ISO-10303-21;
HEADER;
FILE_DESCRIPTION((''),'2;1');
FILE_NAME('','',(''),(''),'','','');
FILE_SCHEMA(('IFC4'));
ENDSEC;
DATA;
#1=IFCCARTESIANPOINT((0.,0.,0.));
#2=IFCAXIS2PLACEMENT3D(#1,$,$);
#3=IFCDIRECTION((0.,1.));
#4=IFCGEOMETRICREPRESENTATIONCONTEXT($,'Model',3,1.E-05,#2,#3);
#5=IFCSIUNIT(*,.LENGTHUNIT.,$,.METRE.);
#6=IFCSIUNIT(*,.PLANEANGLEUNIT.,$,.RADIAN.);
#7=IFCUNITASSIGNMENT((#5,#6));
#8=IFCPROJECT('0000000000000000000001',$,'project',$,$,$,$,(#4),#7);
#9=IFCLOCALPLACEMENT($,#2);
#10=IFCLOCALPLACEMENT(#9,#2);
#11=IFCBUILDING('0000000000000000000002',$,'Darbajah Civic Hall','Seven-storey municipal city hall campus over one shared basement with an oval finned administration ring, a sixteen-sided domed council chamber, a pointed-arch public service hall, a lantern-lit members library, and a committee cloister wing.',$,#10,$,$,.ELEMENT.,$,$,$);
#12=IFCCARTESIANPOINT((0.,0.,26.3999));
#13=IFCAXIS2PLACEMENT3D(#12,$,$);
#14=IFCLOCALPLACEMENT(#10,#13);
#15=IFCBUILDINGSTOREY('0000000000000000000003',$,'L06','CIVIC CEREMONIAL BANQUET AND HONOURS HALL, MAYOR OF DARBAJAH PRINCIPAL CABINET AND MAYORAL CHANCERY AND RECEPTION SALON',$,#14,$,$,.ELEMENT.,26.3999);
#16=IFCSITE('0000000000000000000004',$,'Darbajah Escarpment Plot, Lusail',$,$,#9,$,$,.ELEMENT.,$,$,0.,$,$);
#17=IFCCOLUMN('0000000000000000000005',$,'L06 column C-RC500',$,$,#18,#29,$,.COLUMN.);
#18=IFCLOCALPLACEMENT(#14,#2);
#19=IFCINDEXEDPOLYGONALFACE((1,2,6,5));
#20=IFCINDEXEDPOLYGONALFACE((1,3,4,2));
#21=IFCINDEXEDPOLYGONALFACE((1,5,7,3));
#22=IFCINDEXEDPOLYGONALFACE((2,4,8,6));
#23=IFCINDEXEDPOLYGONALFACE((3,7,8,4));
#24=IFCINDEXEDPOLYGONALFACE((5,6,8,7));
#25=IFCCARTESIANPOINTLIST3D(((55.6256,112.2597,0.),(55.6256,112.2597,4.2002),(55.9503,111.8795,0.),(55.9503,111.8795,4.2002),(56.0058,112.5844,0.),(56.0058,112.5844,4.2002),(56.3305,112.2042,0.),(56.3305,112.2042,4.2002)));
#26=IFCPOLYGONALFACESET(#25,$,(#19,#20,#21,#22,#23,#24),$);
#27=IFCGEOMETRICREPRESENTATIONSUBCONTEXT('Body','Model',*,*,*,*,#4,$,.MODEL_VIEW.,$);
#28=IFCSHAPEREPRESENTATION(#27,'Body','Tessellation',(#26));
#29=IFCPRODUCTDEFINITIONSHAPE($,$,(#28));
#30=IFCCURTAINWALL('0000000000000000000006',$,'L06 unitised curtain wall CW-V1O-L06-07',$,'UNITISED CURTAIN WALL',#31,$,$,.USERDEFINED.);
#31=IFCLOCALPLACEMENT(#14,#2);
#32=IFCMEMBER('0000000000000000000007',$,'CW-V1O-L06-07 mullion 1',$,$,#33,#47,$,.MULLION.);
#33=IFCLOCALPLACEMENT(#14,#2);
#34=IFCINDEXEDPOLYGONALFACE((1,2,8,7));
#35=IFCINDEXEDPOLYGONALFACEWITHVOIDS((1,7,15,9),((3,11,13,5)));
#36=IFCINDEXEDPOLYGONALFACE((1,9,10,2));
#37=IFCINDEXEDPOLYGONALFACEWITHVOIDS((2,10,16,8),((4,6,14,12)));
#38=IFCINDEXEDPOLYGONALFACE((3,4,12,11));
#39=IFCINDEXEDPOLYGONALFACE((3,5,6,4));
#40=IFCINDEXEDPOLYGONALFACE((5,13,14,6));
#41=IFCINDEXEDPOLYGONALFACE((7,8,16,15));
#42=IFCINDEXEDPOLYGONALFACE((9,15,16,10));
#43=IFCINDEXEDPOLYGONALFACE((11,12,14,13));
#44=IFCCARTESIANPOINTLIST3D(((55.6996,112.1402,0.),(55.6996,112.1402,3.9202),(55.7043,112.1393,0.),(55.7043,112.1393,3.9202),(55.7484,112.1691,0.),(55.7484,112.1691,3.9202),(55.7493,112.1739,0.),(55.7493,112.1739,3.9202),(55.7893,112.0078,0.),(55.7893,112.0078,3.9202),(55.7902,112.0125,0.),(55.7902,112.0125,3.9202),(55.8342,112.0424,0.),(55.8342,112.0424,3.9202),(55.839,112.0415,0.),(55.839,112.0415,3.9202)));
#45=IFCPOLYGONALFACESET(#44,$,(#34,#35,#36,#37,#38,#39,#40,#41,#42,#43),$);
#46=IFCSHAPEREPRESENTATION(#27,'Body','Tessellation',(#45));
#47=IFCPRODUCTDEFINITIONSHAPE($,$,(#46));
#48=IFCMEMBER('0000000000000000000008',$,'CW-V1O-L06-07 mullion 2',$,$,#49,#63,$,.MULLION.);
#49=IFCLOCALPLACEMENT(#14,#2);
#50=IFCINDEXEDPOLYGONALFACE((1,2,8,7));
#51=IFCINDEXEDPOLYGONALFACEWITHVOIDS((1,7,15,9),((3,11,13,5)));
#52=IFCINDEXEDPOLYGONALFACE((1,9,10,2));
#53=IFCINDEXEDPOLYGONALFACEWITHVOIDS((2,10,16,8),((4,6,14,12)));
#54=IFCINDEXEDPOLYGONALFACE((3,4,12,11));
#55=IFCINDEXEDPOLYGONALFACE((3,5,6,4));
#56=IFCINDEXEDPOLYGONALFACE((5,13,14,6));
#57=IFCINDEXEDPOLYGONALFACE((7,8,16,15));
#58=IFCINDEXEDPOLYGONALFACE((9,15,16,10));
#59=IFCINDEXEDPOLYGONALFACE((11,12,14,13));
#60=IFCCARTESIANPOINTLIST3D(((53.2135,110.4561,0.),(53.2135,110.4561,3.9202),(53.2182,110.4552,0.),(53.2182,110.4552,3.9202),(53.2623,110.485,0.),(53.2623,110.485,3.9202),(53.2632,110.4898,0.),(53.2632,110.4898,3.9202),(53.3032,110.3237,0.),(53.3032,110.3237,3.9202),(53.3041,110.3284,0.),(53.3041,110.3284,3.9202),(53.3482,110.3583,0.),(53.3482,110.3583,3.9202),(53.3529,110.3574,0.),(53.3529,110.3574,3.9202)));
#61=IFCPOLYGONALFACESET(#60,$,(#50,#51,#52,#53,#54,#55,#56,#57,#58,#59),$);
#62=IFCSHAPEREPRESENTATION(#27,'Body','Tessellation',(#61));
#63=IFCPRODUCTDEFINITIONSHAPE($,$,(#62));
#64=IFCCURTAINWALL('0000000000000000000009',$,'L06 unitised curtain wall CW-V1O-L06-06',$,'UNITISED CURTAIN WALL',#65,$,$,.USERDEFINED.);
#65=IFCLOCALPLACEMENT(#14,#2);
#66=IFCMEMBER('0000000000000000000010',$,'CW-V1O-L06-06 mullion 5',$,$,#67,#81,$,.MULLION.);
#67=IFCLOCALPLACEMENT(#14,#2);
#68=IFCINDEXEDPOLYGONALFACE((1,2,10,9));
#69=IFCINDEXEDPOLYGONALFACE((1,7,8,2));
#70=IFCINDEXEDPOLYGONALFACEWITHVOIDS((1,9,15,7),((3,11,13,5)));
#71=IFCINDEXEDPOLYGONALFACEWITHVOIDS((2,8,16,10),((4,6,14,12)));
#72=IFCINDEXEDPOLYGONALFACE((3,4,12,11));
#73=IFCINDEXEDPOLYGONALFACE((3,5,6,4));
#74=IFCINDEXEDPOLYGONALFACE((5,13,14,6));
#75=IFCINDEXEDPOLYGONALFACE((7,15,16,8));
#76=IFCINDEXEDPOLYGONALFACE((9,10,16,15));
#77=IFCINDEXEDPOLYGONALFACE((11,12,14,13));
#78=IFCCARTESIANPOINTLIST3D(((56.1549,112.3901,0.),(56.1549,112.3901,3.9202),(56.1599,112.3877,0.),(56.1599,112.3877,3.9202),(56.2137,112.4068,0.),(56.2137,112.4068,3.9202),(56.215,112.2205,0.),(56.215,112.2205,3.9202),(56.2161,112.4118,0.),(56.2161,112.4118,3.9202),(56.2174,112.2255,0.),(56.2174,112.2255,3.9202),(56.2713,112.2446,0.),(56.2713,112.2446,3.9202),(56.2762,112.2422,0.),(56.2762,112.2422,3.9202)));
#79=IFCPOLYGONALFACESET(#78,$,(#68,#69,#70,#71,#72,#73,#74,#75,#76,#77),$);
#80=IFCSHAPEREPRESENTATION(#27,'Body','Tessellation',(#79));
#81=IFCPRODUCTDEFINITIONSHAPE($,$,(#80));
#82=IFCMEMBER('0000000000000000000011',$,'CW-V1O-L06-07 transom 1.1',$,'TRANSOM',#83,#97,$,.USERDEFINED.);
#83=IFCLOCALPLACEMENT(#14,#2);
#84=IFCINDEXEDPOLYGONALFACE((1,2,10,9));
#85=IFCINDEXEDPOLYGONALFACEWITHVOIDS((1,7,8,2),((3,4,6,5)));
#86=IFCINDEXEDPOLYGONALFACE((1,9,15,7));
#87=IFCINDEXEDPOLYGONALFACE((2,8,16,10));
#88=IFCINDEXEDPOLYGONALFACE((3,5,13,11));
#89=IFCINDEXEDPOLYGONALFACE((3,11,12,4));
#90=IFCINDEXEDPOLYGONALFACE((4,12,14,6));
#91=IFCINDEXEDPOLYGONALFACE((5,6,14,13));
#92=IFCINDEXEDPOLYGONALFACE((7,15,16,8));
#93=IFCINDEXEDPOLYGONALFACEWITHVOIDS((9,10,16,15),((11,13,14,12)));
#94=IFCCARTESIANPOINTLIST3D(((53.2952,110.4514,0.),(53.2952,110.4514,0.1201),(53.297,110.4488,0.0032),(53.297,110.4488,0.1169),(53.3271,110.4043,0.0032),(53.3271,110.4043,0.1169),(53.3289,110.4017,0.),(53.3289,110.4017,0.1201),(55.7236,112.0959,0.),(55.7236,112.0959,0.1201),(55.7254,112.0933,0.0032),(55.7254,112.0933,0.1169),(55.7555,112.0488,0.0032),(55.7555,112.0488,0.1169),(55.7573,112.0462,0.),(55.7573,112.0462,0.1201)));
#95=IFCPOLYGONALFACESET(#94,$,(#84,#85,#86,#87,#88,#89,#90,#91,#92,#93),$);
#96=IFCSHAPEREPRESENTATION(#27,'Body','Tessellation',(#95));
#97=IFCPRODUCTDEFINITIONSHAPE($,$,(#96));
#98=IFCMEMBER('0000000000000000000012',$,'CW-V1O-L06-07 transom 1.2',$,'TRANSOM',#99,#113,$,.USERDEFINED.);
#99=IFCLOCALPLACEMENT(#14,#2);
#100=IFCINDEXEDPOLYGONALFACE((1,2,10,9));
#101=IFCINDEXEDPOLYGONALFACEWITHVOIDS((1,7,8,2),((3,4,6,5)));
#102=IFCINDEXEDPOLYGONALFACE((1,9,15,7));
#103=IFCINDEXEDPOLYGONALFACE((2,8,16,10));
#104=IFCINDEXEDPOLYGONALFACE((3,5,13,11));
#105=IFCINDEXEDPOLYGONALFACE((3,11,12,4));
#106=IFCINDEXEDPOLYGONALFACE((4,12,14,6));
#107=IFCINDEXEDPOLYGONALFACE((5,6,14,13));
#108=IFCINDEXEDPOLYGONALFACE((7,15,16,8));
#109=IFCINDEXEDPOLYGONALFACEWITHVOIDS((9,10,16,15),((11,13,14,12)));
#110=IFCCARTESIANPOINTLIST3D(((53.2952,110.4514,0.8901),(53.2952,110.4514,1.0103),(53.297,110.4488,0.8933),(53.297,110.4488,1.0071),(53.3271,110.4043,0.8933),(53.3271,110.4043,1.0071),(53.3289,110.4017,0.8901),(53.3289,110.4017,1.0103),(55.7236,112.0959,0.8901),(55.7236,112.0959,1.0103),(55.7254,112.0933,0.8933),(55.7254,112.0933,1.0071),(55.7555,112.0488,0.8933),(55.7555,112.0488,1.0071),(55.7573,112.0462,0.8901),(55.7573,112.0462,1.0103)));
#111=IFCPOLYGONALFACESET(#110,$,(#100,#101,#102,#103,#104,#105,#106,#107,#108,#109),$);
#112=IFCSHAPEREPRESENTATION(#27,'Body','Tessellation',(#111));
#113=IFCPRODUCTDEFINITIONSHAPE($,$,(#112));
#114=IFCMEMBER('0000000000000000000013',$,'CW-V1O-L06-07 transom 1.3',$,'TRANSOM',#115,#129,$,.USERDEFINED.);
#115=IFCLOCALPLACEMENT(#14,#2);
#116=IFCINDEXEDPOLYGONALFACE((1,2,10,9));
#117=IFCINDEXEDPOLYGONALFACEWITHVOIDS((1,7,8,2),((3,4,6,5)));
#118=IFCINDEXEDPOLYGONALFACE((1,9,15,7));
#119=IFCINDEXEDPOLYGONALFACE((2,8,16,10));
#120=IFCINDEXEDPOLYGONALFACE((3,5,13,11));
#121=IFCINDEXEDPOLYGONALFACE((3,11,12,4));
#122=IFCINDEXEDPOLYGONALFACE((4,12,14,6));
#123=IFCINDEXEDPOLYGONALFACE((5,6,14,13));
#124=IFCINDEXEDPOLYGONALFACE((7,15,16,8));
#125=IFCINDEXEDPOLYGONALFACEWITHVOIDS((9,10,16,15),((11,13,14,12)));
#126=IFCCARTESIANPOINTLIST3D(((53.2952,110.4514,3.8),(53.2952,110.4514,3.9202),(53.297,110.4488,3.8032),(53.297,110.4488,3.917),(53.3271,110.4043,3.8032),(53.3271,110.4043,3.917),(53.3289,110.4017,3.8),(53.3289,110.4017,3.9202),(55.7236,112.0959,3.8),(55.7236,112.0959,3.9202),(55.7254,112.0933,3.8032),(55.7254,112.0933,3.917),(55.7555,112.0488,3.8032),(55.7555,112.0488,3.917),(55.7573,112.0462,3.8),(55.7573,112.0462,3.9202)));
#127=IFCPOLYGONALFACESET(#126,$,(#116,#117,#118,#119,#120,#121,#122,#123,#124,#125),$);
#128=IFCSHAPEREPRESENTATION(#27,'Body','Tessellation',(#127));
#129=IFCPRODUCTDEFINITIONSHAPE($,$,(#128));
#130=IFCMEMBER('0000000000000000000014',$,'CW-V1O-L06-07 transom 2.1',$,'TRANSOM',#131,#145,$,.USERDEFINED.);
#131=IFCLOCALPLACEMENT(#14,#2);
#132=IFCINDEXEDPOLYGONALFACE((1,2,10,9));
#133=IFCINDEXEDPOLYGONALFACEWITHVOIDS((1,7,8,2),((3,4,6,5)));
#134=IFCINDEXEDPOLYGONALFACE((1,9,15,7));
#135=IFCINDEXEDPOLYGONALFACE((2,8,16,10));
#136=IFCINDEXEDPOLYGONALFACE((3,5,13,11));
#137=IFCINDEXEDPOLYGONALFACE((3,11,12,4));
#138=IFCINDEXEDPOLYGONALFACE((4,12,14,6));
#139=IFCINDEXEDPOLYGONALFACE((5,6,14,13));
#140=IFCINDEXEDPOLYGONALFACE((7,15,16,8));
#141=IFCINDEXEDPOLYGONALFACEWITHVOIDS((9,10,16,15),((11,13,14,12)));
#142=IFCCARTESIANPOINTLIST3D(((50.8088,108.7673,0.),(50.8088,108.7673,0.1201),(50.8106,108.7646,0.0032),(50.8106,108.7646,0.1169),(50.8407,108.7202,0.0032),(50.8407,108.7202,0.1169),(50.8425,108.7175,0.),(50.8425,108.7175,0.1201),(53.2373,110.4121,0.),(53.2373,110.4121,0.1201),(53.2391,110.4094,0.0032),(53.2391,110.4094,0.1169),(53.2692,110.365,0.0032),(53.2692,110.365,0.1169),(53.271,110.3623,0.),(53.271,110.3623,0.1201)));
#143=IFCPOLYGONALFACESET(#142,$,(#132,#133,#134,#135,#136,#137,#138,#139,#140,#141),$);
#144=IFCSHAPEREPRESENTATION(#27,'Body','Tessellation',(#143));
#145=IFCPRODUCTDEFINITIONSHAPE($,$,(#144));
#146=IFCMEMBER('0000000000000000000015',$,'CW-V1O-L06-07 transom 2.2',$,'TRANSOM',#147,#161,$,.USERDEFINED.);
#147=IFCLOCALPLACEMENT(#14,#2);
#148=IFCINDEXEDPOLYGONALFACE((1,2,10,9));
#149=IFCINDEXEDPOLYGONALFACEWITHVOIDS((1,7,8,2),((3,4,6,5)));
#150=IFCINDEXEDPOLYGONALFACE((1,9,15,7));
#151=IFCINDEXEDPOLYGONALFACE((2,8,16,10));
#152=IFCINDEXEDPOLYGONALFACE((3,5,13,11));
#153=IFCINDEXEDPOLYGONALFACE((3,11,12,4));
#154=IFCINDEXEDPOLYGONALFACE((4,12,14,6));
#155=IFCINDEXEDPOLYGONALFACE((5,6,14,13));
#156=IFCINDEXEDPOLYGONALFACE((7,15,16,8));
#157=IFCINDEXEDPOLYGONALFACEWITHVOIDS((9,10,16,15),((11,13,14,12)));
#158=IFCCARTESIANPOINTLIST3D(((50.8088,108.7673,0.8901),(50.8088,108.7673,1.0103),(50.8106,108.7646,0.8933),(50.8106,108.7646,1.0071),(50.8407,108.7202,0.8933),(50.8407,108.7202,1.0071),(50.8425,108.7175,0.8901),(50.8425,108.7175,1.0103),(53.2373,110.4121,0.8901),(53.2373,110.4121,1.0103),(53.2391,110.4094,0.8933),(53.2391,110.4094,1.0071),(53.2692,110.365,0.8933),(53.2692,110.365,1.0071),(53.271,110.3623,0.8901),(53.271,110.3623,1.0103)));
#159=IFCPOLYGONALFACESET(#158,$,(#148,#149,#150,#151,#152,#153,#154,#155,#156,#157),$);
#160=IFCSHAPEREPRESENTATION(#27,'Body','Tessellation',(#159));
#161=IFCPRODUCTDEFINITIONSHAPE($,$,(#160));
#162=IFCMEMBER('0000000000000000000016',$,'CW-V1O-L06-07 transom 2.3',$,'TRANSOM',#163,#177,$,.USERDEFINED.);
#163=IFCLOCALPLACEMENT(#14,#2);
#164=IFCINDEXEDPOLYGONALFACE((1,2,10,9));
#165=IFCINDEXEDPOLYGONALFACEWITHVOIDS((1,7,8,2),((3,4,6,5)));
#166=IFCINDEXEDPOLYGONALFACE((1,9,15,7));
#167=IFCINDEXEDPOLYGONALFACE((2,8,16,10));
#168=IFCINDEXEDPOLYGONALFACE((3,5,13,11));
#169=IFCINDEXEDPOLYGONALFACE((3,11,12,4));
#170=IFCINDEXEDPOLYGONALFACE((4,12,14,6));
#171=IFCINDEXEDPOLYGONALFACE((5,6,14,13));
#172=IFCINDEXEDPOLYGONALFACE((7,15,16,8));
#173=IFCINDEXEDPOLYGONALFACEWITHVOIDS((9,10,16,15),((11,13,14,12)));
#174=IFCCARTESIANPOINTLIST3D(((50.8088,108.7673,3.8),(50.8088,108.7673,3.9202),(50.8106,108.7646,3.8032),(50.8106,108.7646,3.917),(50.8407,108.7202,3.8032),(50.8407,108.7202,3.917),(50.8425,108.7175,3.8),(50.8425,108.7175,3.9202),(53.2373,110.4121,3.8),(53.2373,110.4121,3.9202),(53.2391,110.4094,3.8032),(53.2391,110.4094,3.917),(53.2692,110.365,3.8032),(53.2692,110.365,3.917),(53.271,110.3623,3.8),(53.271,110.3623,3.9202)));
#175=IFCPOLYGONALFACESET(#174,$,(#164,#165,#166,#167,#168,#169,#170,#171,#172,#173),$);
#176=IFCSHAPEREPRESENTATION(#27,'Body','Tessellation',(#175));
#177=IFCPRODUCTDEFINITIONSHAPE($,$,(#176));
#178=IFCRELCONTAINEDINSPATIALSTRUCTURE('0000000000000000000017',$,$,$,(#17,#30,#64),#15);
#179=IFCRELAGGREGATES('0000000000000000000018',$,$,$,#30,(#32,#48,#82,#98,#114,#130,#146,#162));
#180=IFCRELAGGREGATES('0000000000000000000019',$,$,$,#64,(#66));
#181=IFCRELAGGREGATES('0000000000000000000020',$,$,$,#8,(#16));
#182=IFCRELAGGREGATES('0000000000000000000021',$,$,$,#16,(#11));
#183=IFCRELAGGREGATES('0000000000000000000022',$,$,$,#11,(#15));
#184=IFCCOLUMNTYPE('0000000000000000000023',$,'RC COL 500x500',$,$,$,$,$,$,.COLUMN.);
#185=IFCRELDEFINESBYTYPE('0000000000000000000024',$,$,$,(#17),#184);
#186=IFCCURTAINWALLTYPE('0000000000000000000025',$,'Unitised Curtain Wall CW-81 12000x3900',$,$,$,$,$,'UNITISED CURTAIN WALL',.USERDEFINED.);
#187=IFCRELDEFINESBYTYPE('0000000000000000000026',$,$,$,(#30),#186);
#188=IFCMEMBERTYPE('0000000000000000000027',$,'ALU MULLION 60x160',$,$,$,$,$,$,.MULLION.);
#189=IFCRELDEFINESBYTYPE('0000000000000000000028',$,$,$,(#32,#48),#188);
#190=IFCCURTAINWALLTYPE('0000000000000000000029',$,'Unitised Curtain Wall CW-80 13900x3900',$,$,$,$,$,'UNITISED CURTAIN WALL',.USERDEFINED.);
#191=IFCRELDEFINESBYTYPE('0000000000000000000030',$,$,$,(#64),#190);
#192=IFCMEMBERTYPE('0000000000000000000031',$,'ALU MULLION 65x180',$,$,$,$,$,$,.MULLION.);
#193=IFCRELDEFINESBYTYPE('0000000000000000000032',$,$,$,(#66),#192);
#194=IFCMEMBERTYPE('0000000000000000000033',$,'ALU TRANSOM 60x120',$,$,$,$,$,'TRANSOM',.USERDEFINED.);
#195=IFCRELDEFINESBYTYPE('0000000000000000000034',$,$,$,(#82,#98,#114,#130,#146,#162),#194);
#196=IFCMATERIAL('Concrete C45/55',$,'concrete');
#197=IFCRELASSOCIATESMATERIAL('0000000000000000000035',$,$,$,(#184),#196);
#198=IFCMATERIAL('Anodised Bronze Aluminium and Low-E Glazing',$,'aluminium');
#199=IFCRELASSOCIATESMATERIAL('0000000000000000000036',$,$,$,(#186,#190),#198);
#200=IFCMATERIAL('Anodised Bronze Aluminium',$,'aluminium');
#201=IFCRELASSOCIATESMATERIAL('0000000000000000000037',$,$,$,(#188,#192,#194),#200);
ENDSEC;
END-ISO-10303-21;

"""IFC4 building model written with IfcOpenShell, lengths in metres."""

from ifc_helpers import new_model, si_unit, direction, frame, origin, origin_2d, place, context, subcontext, project, spatial, rectangle, hollow_rectangle, extrude, material, material_profile, profile_set, type_object, element, aggregate, save


model = new_model("IFC4")

# Units and contexts
model_context = context("Model", 3, precision=1e-05, world=origin(), true_north=direction((0.0, 1.0)))
body_context = subcontext(model_context, "Body", "Model", "MODEL_VIEW")
ifc_project = project(units=[si_unit("LENGTHUNIT", "METRE"), si_unit("PLANEANGLEUNIT", "RADIAN")], contexts=[model_context])

# Site, building, storey
site_placement = place(None, origin())
site = spatial("IfcSite", under=ifc_project, at=site_placement, Name="Darbajah Escarpment Plot, Lusail", CompositionType="ELEMENT", RefElevation=0.0)
building_placement = place(site_placement, origin())
building = spatial("IfcBuilding", under=site, at=building_placement, Name="Darbajah Civic Hall", Description="Seven-storey municipal city hall campus over one shared basement with an oval finned administration ring, a sixteen-sided domed council chamber, a pointed-arch public service hall, a lantern-lit members library, and a committee cloister wing.", CompositionType="ELEMENT")
storey_placement = place(building_placement, frame((0.0, 0.0, 26.3999)))
storey = spatial("IfcBuildingStorey", under=building, at=storey_placement, Name="L06", Description="CIVIC CEREMONIAL BANQUET AND HONOURS HALL, MAYOR OF DARBAJAH PRINCIPAL CABINET AND MAYORAL CHANCERY AND RECEPTION SALON", CompositionType="ELEMENT", Elevation=26.3999)

# Column
ifc_material_1 = material(Name="Concrete C45/55", Category="concrete")
ifc_material_profile_1 = material_profile(ifc_material_1, rectangle(XDim=0.5, YDim=0.5, at=origin_2d()), Name="RC COL 500x500")
ifc_profile_set_1 = profile_set([ifc_material_profile_1], Name="Concrete C45/55")
column_type = type_object("IfcColumnType", Name="RC COL 500x500", PredefinedType="COLUMN", material=ifc_profile_set_1)
column_placement = place(storey_placement, frame((55.978, 112.2319, 0.0), z_axis=(0.0, 0.0, 1.0), x_axis=(-0.649448, 0.760406, 0.0)))
element("IfcColumn", 1, at=column_placement, inside=storey, type_object=column_type, Name="L06 column C-RC500", PredefinedType="COLUMN", context=body_context, shape_type="SweptSolid", body=[
    extrude(rectangle(XDim=0.5, YDim=0.5, at=origin_2d()), origin(), (0.0, 0.0, 1.0), 4.2002),
])

# Curtain wall, members
ifc_material_2 = material(Name="Anodised Bronze Aluminium and Low-E Glazing", Category="aluminium")
curtain_wall_type_1 = type_object("IfcCurtainWallType", Name="Unitised Curtain Wall CW-81 12000x3900", ElementType="UNITISED CURTAIN WALL", PredefinedType="USERDEFINED", material=ifc_material_2)
curtain_wall_1_placement = place(storey_placement, origin())
curtain_wall_1 = element("IfcCurtainWall", 2, at=curtain_wall_1_placement, inside=storey, type_object=curtain_wall_type_1, Name="L06 unitised curtain wall CW-V1O-L06-07", ObjectType="UNITISED CURTAIN WALL", PredefinedType="USERDEFINED")
ifc_material_3 = material(Name="Anodised Bronze Aluminium", Category="aluminium")
ifc_material_profile_2 = material_profile(ifc_material_3, hollow_rectangle(XDim=0.0601, YDim=0.1599, WallThickness=0.0034, at=origin_2d()), Name="ALU MULLION 60x160")
ifc_profile_set_2 = profile_set([ifc_material_profile_2], Name="Anodised Bronze Aluminium")
member_type_1 = type_object("IfcMemberType", Name="ALU MULLION 60x160", PredefinedType="MULLION", material=ifc_profile_set_2)
member_1_placement = place(storey_placement, frame((55.7693, 112.0908, 0.0), z_axis=(0.0, 0.0, 1.0), x_axis=(-0.827962, -0.560784, 0.0)))
member_1 = element("IfcMember", 3, at=member_1_placement, type_object=member_type_1, Name="CW-V1O-L06-07 mullion 1", PredefinedType="MULLION", context=body_context, shape_type="SweptSolid", body=[
    extrude(hollow_rectangle(XDim=0.0601, YDim=0.1599, WallThickness=0.0034, at=origin_2d()), origin(), (0.0, 0.0, 1.0), 3.9202),
])
member_2_placement = place(storey_placement, frame((53.2832, 110.4067, 0.0), z_axis=(0.0, 0.0, 1.0), x_axis=(-0.827962, -0.560784, 0.0)))
member_2 = element("IfcMember", 4, at=member_2_placement, type_object=member_type_1, Name="CW-V1O-L06-07 mullion 2", PredefinedType="MULLION", context=body_context, shape_type="SweptSolid", body=[
    extrude(hollow_rectangle(XDim=0.0601, YDim=0.1599, WallThickness=0.0034, at=origin_2d()), origin(), (0.0, 0.0, 1.0), 3.9202),
])

# Curtain wall, member
curtain_wall_type_2 = type_object("IfcCurtainWallType", Name="Unitised Curtain Wall CW-80 13900x3900", ElementType="UNITISED CURTAIN WALL", PredefinedType="USERDEFINED", material=ifc_material_2)
curtain_wall_2_placement = place(storey_placement, origin())
curtain_wall_2 = element("IfcCurtainWall", 5, at=curtain_wall_2_placement, inside=storey, type_object=curtain_wall_type_2, Name="L06 unitised curtain wall CW-V1O-L06-06", ObjectType="UNITISED CURTAIN WALL", PredefinedType="USERDEFINED")
ifc_material_profile_3 = material_profile(ifc_material_3, hollow_rectangle(XDim=0.0649, YDim=0.1799, WallThickness=0.0039, at=origin_2d()), Name="ALU MULLION 65x180")
ifc_profile_set_3 = profile_set([ifc_material_profile_3], Name="Anodised Bronze Aluminium")
member_type_2 = type_object("IfcMemberType", Name="ALU MULLION 65x180", PredefinedType="MULLION", material=ifc_profile_set_3)
member_3_placement = place(storey_placement, frame((56.2156, 112.3162, 0.0), z_axis=(0.0, 0.0, 1.0), x_axis=(-0.942525, -0.334136, 0.0)))
member_3 = element("IfcMember", 6, at=member_3_placement, type_object=member_type_2, Name="CW-V1O-L06-06 mullion 5", PredefinedType="MULLION", context=body_context, shape_type="SweptSolid", body=[
    extrude(hollow_rectangle(XDim=0.0649, YDim=0.1799, WallThickness=0.0039, at=origin_2d()), origin(), (0.0, 0.0, 1.0), 3.9202),
])

# Members
ifc_material_profile_4 = material_profile(ifc_material_3, hollow_rectangle(XDim=0.0601, YDim=0.1201, WallThickness=0.0032, at=origin_2d()), Name="ALU TRANSOM 60x120")
ifc_profile_set_4 = profile_set([ifc_material_profile_4], Name="Anodised Bronze Aluminium")
member_type_3 = type_object("IfcMemberType", Name="ALU TRANSOM 60x120", ElementType="TRANSOM", PredefinedType="USERDEFINED", material=ifc_profile_set_4)
member_4_placement = place(storey_placement, frame((55.7405, 112.071, 0.0601), z_axis=(-0.828007, -0.560717, 0.0), x_axis=(0.560717, -0.828007, 0.0)))
member_4 = element("IfcMember", 7, at=member_4_placement, type_object=member_type_3, Name="CW-V1O-L06-07 transom 1.1", ObjectType="TRANSOM", PredefinedType="USERDEFINED", context=body_context, shape_type="SweptSolid", body=[
    extrude(hollow_rectangle(XDim=0.0601, YDim=0.1201, WallThickness=0.0032, at=origin_2d()), origin(), (0.0, 0.0, 1.0), 2.9329),
])
member_5_placement = place(storey_placement, frame((55.7405, 112.071, 0.9502), z_axis=(-0.828007, -0.560717, 0.0), x_axis=(0.560717, -0.828007, 0.0)))
member_5 = element("IfcMember", 8, at=member_5_placement, type_object=member_type_3, Name="CW-V1O-L06-07 transom 1.2", ObjectType="TRANSOM", PredefinedType="USERDEFINED", context=body_context, shape_type="SweptSolid", body=[
    extrude(hollow_rectangle(XDim=0.0601, YDim=0.1201, WallThickness=0.0032, at=origin_2d()), origin(), (0.0, 0.0, 1.0), 2.9329),
])
member_6_placement = place(storey_placement, frame((55.7405, 112.071, 3.8601), z_axis=(-0.828007, -0.560717, 0.0), x_axis=(0.560717, -0.828007, 0.0)))
member_6 = element("IfcMember", 9, at=member_6_placement, type_object=member_type_3, Name="CW-V1O-L06-07 transom 1.3", ObjectType="TRANSOM", PredefinedType="USERDEFINED", context=body_context, shape_type="SweptSolid", body=[
    extrude(hollow_rectangle(XDim=0.0601, YDim=0.1201, WallThickness=0.0032, at=origin_2d()), origin(), (0.0, 0.0, 1.0), 2.9329),
])
member_7_placement = place(storey_placement, frame((53.2542, 110.3872, 0.0601), z_axis=(-0.827969, -0.560775, 0.0), x_axis=(0.560775, -0.827969, 0.0)))
member_7 = element("IfcMember", 10, at=member_7_placement, type_object=member_type_3, Name="CW-V1O-L06-07 transom 2.1", ObjectType="TRANSOM", PredefinedType="USERDEFINED", context=body_context, shape_type="SweptSolid", body=[
    extrude(hollow_rectangle(XDim=0.0601, YDim=0.1201, WallThickness=0.0032, at=origin_2d()), origin(), (0.0, 0.0, 1.0), 2.9331),
])
member_8_placement = place(storey_placement, frame((53.2542, 110.3872, 0.9502), z_axis=(-0.827969, -0.560775, 0.0), x_axis=(0.560775, -0.827969, 0.0)))
member_8 = element("IfcMember", 11, at=member_8_placement, type_object=member_type_3, Name="CW-V1O-L06-07 transom 2.2", ObjectType="TRANSOM", PredefinedType="USERDEFINED", context=body_context, shape_type="SweptSolid", body=[
    extrude(hollow_rectangle(XDim=0.0601, YDim=0.1201, WallThickness=0.0032, at=origin_2d()), origin(), (0.0, 0.0, 1.0), 2.9331),
])
member_9_placement = place(storey_placement, frame((53.2542, 110.3872, 3.8601), z_axis=(-0.827969, -0.560775, 0.0), x_axis=(0.560775, -0.827969, 0.0)))
member_9 = element("IfcMember", 12, at=member_9_placement, type_object=member_type_3, Name="CW-V1O-L06-07 transom 2.3", ObjectType="TRANSOM", PredefinedType="USERDEFINED", context=body_context, shape_type="SweptSolid", body=[
    extrude(hollow_rectangle(XDim=0.0601, YDim=0.1201, WallThickness=0.0032, at=origin_2d()), origin(), (0.0, 0.0, 1.0), 2.9331),
])

aggregate(curtain_wall_1, [member_1, member_2, member_4, member_5, member_6, member_7, member_8, member_9])
aggregate(curtain_wall_2, [member_3])

save(model, "model.ifc")
